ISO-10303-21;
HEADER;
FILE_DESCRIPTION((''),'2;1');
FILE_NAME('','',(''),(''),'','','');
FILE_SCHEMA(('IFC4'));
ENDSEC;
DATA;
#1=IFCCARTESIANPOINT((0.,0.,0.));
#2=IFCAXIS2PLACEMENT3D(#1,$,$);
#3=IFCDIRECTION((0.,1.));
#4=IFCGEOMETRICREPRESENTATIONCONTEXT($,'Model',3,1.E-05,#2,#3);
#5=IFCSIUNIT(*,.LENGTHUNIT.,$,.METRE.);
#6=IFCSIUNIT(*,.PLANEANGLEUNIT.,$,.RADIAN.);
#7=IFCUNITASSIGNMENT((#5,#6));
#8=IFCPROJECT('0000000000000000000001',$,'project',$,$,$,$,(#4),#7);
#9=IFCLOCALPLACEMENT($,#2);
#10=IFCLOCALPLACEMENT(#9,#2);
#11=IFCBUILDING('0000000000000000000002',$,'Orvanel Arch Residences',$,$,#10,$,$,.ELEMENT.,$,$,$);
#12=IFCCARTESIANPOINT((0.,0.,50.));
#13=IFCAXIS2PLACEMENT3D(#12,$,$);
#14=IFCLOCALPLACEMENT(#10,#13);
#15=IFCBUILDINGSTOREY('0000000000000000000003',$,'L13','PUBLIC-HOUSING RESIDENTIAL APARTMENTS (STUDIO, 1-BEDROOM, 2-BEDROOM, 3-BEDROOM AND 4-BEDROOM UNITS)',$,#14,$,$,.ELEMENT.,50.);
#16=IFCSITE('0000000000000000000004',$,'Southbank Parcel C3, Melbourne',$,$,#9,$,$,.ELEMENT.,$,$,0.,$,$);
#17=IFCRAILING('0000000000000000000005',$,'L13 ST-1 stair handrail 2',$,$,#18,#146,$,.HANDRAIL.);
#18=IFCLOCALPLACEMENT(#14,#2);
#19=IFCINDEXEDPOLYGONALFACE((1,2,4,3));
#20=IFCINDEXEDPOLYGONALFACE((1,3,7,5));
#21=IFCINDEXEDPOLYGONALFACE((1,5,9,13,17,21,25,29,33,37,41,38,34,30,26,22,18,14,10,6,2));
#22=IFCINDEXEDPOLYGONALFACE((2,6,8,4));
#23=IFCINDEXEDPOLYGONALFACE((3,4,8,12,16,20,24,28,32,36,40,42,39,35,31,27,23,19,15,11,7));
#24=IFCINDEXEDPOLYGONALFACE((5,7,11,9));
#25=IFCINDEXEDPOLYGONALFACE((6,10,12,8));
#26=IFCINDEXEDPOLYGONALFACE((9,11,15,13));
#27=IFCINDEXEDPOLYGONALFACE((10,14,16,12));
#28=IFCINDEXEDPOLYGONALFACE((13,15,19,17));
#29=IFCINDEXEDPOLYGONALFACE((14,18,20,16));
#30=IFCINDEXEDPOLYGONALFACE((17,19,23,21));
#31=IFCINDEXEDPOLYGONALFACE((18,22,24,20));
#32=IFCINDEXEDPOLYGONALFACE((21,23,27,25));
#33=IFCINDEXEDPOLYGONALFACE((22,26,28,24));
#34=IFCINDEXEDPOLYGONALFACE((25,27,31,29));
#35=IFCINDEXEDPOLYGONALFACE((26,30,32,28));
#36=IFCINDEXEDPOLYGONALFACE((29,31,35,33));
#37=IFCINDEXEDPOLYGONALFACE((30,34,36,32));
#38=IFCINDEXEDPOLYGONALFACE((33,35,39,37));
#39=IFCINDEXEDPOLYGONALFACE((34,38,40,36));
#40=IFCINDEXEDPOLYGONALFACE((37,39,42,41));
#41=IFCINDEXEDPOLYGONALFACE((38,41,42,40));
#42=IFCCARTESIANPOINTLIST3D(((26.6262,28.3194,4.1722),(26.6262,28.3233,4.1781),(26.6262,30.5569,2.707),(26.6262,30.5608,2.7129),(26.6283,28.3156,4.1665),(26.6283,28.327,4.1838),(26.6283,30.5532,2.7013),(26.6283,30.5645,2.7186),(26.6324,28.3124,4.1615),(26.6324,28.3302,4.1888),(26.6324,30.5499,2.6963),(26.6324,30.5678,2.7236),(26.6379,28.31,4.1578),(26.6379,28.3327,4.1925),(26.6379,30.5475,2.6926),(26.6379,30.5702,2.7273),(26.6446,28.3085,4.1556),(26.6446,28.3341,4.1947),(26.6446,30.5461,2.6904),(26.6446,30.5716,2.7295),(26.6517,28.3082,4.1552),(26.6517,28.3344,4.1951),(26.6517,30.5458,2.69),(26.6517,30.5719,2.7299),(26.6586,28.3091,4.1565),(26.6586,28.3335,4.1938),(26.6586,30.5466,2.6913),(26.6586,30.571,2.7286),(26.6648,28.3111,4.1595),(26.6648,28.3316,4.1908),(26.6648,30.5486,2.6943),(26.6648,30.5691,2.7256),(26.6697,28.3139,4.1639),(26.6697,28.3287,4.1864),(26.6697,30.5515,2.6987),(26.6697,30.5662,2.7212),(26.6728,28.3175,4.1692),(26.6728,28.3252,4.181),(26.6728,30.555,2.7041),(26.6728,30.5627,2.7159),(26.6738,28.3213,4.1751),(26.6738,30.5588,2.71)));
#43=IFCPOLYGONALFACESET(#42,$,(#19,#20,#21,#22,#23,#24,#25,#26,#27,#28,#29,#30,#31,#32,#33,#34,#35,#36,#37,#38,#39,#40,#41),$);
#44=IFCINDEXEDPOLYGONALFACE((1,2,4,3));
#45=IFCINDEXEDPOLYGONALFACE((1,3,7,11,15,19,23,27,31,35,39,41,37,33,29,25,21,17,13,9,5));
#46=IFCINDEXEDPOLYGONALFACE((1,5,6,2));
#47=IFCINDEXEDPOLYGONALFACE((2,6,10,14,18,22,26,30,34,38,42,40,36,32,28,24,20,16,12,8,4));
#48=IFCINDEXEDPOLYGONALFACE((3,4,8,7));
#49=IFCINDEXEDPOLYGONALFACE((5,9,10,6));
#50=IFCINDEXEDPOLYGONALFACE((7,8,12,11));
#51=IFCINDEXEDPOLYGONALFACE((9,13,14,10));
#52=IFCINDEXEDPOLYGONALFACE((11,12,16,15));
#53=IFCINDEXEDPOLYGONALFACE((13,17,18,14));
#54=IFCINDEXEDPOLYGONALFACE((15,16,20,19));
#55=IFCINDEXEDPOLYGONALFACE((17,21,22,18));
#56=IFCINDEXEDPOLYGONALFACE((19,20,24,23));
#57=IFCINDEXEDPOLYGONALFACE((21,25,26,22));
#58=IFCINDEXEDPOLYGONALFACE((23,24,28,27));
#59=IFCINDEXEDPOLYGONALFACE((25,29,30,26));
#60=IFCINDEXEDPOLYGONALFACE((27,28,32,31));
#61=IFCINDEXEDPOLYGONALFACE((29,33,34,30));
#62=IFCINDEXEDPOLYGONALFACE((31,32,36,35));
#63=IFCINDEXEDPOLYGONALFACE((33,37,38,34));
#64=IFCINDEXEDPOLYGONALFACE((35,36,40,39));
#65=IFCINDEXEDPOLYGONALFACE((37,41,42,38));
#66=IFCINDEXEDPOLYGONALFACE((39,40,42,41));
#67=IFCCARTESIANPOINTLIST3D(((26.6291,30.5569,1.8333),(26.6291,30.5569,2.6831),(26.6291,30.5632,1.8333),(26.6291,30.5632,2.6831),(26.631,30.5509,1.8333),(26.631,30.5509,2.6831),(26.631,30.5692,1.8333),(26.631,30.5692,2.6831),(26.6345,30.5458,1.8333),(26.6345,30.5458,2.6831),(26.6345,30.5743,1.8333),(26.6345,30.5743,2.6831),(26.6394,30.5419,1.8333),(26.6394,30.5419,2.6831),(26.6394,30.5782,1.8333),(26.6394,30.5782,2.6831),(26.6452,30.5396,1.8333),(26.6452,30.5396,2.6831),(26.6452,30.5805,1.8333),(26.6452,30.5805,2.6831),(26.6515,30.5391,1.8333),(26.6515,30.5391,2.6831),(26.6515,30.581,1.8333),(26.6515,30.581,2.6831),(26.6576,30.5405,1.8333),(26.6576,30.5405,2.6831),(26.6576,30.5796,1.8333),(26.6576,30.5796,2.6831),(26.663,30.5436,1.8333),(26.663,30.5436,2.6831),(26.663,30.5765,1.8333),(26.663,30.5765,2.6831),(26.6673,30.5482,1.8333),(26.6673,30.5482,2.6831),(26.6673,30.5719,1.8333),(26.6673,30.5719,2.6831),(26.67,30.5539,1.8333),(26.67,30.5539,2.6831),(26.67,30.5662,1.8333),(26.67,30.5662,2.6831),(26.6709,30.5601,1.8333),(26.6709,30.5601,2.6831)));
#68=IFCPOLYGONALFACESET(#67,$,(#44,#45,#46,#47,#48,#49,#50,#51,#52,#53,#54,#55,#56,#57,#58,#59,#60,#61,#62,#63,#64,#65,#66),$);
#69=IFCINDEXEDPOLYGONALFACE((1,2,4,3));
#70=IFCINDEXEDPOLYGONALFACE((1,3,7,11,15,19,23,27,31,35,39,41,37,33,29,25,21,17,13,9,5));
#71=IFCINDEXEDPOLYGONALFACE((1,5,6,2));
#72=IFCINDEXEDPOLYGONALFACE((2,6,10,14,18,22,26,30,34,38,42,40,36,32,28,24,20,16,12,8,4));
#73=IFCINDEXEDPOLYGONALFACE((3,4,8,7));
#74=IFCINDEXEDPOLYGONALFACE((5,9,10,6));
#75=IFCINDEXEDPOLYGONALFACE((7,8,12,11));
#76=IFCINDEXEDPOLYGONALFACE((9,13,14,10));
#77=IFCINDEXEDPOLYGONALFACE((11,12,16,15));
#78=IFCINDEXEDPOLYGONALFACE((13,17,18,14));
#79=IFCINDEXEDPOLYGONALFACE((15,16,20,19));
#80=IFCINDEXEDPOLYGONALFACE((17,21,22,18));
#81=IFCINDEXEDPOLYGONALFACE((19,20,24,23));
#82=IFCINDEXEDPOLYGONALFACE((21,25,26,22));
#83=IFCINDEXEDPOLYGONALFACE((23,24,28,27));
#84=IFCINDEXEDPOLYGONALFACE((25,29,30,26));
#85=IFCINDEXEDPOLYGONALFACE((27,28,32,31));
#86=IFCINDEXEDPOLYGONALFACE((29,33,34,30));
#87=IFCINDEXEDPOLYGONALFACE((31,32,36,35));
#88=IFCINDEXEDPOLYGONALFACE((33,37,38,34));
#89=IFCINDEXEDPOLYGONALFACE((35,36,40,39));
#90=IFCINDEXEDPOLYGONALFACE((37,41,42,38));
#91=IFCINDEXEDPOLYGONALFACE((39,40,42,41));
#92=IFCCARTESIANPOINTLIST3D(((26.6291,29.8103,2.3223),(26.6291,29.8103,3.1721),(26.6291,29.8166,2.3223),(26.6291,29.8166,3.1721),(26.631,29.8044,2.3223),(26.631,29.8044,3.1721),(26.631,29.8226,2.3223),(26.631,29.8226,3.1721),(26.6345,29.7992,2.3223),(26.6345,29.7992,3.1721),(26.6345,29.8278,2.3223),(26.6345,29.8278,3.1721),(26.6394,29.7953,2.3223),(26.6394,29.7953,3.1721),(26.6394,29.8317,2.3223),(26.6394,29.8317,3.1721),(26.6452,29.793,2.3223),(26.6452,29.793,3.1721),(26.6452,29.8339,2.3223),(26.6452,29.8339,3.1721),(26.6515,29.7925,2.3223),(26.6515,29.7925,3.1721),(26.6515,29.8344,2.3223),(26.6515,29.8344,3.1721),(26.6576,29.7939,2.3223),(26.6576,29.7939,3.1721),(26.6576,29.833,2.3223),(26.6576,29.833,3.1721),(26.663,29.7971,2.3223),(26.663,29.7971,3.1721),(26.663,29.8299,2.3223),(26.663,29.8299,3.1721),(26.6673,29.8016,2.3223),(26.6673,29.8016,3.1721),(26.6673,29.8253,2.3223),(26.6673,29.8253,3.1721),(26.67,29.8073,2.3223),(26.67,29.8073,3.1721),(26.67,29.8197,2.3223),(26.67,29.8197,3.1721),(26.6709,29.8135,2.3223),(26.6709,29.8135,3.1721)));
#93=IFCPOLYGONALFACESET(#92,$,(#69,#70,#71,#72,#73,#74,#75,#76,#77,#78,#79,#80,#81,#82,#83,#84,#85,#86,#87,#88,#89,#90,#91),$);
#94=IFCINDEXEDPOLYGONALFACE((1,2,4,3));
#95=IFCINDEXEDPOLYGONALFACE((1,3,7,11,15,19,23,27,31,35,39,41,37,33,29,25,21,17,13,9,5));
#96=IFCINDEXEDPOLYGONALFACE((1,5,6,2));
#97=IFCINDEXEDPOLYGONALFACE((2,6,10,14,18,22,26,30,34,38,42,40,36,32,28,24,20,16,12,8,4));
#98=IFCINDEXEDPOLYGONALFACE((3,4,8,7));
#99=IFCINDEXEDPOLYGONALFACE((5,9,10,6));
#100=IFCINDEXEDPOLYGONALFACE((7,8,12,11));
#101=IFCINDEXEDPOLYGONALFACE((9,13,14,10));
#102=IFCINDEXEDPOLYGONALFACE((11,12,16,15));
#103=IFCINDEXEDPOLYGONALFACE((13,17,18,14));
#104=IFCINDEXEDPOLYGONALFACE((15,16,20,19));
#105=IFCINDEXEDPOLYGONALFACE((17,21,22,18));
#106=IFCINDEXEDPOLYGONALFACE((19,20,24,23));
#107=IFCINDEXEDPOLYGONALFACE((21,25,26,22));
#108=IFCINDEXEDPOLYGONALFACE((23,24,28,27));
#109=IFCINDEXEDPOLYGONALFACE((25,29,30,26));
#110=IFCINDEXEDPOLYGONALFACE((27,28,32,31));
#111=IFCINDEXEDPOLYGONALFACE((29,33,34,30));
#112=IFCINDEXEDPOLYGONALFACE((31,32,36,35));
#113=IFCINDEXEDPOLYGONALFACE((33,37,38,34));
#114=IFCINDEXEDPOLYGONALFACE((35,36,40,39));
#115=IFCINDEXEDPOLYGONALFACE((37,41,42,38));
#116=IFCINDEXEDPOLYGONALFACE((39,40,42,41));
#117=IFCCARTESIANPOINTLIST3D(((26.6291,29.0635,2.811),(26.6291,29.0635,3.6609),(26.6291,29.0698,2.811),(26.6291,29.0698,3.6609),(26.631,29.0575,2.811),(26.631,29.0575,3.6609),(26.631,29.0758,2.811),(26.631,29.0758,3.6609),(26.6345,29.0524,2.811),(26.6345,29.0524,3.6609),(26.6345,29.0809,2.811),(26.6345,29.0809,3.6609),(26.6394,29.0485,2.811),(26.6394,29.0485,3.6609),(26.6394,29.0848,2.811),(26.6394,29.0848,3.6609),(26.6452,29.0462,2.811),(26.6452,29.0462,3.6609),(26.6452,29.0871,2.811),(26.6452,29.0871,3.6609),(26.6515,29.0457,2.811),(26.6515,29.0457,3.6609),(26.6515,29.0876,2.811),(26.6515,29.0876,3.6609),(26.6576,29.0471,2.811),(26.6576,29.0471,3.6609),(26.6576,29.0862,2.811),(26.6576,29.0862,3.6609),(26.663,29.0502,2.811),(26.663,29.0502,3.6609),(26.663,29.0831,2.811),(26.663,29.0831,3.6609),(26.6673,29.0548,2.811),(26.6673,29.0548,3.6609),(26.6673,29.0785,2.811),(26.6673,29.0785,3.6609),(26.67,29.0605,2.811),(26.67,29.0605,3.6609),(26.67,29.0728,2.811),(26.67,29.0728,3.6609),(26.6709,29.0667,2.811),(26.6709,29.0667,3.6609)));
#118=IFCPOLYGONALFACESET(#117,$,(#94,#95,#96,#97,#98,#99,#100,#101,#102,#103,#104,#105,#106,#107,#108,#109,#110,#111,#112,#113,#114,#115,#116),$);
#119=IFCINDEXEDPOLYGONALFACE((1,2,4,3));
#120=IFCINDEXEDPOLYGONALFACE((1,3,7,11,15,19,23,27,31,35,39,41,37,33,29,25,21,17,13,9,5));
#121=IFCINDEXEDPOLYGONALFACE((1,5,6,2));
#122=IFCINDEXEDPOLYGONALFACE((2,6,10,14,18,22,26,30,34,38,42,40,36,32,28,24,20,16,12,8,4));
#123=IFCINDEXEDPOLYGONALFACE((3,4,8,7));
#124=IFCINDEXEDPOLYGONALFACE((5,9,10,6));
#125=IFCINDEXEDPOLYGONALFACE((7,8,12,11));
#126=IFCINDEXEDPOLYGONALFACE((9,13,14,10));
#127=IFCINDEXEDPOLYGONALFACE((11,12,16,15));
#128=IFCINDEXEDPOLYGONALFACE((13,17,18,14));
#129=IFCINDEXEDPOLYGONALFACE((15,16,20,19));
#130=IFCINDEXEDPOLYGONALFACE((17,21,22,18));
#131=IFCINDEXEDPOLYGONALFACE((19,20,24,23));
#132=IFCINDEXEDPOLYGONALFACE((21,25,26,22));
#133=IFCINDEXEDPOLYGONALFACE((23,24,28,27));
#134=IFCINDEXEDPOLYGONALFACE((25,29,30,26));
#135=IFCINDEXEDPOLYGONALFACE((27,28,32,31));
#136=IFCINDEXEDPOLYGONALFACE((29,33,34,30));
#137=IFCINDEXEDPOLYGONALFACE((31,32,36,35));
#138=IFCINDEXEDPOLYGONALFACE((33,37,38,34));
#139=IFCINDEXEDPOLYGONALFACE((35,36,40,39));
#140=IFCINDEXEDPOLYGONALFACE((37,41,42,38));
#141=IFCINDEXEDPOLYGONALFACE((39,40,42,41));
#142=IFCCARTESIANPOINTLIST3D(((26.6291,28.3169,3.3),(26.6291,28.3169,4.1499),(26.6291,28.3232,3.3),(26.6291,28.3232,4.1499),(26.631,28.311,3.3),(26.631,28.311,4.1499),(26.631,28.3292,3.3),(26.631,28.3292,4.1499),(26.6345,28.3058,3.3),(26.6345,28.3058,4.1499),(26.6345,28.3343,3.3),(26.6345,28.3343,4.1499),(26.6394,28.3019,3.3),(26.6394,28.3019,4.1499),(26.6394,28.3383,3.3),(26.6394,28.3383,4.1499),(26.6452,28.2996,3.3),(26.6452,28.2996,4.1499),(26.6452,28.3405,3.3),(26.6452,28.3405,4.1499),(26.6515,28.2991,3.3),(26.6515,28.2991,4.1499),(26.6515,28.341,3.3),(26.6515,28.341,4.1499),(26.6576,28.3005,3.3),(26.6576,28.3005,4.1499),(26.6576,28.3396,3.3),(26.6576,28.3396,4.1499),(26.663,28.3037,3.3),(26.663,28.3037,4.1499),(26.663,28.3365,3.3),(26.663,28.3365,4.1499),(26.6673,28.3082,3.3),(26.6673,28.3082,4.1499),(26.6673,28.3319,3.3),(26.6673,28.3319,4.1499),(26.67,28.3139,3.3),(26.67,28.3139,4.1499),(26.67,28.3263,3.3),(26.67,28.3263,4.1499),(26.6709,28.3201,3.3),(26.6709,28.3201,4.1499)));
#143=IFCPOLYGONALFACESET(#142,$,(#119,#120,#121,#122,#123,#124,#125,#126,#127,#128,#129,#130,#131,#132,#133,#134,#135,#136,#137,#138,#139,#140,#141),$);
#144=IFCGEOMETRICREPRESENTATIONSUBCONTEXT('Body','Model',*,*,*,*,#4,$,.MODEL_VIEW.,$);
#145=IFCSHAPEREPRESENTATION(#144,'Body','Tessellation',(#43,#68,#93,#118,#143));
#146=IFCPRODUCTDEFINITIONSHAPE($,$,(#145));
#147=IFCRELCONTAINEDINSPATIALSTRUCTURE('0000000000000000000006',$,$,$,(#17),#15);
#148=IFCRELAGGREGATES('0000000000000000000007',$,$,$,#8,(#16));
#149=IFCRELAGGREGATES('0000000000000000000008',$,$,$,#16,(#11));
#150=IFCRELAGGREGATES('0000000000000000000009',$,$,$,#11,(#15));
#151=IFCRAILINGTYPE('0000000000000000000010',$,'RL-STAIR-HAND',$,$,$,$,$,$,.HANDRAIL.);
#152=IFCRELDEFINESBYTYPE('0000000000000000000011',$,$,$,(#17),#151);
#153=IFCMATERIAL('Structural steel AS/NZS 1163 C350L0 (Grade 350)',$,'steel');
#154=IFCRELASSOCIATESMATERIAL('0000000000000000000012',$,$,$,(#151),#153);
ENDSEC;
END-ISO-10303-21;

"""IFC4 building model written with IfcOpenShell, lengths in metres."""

from ifc_helpers import new_model, si_unit, direction, frame, origin, origin_2d, place, context, subcontext, project, spatial, circle, extrude, material, type_object, element, save


model = new_model("IFC4")

# Units and contexts
model_context = context("Model", 3, precision=1e-05, world=origin(), true_north=direction((0.0, 1.0)))
body_context = subcontext(model_context, "Body", "Model", "MODEL_VIEW")
ifc_project = project(units=[si_unit("LENGTHUNIT", "METRE"), si_unit("PLANEANGLEUNIT", "RADIAN")], contexts=[model_context])

# Site, building, storey
site_placement = place(None, origin())
site = spatial("IfcSite", under=ifc_project, at=site_placement, Name="Southbank Parcel C3, Melbourne", CompositionType="ELEMENT", RefElevation=0.0)
building_placement = place(site_placement, origin())
building = spatial("IfcBuilding", under=site, at=building_placement, Name="Orvanel Arch Residences", CompositionType="ELEMENT")
storey_placement = place(building_placement, frame((0.0, 0.0, 50.0)))
storey = spatial("IfcBuildingStorey", under=building, at=storey_placement, Name="L13", Description="PUBLIC-HOUSING RESIDENTIAL APARTMENTS (STUDIO, 1-BEDROOM, 2-BEDROOM, 3-BEDROOM AND 4-BEDROOM UNITS)", CompositionType="ELEMENT", Elevation=50.0)

# Railing
ifc_material_1 = material(Name="Structural steel AS/NZS 1163 C350L0 (Grade 350)", Category="steel")
railing_type_1 = type_object("IfcRailingType", Name="RL-STAIR-HAND", PredefinedType="HANDRAIL", material=ifc_material_1)
railing_1_placement = place(storey_placement, frame((26.6499, 30.5601, 1.8333)))
element("IfcRailing", 1, at=railing_1_placement, inside=storey, type_object=railing_type_1, Name="L13 ST-1 stair handrail 2", PredefinedType="HANDRAIL", context=body_context, shape_type="SweptSolid", body=[
    extrude(circle(Radius=0.0239, at=origin_2d()), frame((0.0, -0.0012, 0.8767), z_axis=(0.0, -0.836595, 0.547822), x_axis=(1.0, 0.0, 0.0)), (0.0, 0.0, 1.0), 2.6746),
    extrude(circle(Radius=0.021, at=origin_2d()), origin(), (0.0, 0.0, 1.0), 0.8499),
    extrude(circle(Radius=0.021, at=origin_2d()), frame((0.0, -0.7466, 0.489)), (0.0, 0.0, 1.0), 0.8499),
    extrude(circle(Radius=0.021, at=origin_2d()), frame((0.0, -1.4934, 0.9778)), (0.0, 0.0, 1.0), 0.8499),
    extrude(circle(Radius=0.021, at=origin_2d()), frame((0.0, -2.24, 1.4668)), (0.0, 0.0, 1.0), 0.8499),
])

save(model, "model.ifc")
